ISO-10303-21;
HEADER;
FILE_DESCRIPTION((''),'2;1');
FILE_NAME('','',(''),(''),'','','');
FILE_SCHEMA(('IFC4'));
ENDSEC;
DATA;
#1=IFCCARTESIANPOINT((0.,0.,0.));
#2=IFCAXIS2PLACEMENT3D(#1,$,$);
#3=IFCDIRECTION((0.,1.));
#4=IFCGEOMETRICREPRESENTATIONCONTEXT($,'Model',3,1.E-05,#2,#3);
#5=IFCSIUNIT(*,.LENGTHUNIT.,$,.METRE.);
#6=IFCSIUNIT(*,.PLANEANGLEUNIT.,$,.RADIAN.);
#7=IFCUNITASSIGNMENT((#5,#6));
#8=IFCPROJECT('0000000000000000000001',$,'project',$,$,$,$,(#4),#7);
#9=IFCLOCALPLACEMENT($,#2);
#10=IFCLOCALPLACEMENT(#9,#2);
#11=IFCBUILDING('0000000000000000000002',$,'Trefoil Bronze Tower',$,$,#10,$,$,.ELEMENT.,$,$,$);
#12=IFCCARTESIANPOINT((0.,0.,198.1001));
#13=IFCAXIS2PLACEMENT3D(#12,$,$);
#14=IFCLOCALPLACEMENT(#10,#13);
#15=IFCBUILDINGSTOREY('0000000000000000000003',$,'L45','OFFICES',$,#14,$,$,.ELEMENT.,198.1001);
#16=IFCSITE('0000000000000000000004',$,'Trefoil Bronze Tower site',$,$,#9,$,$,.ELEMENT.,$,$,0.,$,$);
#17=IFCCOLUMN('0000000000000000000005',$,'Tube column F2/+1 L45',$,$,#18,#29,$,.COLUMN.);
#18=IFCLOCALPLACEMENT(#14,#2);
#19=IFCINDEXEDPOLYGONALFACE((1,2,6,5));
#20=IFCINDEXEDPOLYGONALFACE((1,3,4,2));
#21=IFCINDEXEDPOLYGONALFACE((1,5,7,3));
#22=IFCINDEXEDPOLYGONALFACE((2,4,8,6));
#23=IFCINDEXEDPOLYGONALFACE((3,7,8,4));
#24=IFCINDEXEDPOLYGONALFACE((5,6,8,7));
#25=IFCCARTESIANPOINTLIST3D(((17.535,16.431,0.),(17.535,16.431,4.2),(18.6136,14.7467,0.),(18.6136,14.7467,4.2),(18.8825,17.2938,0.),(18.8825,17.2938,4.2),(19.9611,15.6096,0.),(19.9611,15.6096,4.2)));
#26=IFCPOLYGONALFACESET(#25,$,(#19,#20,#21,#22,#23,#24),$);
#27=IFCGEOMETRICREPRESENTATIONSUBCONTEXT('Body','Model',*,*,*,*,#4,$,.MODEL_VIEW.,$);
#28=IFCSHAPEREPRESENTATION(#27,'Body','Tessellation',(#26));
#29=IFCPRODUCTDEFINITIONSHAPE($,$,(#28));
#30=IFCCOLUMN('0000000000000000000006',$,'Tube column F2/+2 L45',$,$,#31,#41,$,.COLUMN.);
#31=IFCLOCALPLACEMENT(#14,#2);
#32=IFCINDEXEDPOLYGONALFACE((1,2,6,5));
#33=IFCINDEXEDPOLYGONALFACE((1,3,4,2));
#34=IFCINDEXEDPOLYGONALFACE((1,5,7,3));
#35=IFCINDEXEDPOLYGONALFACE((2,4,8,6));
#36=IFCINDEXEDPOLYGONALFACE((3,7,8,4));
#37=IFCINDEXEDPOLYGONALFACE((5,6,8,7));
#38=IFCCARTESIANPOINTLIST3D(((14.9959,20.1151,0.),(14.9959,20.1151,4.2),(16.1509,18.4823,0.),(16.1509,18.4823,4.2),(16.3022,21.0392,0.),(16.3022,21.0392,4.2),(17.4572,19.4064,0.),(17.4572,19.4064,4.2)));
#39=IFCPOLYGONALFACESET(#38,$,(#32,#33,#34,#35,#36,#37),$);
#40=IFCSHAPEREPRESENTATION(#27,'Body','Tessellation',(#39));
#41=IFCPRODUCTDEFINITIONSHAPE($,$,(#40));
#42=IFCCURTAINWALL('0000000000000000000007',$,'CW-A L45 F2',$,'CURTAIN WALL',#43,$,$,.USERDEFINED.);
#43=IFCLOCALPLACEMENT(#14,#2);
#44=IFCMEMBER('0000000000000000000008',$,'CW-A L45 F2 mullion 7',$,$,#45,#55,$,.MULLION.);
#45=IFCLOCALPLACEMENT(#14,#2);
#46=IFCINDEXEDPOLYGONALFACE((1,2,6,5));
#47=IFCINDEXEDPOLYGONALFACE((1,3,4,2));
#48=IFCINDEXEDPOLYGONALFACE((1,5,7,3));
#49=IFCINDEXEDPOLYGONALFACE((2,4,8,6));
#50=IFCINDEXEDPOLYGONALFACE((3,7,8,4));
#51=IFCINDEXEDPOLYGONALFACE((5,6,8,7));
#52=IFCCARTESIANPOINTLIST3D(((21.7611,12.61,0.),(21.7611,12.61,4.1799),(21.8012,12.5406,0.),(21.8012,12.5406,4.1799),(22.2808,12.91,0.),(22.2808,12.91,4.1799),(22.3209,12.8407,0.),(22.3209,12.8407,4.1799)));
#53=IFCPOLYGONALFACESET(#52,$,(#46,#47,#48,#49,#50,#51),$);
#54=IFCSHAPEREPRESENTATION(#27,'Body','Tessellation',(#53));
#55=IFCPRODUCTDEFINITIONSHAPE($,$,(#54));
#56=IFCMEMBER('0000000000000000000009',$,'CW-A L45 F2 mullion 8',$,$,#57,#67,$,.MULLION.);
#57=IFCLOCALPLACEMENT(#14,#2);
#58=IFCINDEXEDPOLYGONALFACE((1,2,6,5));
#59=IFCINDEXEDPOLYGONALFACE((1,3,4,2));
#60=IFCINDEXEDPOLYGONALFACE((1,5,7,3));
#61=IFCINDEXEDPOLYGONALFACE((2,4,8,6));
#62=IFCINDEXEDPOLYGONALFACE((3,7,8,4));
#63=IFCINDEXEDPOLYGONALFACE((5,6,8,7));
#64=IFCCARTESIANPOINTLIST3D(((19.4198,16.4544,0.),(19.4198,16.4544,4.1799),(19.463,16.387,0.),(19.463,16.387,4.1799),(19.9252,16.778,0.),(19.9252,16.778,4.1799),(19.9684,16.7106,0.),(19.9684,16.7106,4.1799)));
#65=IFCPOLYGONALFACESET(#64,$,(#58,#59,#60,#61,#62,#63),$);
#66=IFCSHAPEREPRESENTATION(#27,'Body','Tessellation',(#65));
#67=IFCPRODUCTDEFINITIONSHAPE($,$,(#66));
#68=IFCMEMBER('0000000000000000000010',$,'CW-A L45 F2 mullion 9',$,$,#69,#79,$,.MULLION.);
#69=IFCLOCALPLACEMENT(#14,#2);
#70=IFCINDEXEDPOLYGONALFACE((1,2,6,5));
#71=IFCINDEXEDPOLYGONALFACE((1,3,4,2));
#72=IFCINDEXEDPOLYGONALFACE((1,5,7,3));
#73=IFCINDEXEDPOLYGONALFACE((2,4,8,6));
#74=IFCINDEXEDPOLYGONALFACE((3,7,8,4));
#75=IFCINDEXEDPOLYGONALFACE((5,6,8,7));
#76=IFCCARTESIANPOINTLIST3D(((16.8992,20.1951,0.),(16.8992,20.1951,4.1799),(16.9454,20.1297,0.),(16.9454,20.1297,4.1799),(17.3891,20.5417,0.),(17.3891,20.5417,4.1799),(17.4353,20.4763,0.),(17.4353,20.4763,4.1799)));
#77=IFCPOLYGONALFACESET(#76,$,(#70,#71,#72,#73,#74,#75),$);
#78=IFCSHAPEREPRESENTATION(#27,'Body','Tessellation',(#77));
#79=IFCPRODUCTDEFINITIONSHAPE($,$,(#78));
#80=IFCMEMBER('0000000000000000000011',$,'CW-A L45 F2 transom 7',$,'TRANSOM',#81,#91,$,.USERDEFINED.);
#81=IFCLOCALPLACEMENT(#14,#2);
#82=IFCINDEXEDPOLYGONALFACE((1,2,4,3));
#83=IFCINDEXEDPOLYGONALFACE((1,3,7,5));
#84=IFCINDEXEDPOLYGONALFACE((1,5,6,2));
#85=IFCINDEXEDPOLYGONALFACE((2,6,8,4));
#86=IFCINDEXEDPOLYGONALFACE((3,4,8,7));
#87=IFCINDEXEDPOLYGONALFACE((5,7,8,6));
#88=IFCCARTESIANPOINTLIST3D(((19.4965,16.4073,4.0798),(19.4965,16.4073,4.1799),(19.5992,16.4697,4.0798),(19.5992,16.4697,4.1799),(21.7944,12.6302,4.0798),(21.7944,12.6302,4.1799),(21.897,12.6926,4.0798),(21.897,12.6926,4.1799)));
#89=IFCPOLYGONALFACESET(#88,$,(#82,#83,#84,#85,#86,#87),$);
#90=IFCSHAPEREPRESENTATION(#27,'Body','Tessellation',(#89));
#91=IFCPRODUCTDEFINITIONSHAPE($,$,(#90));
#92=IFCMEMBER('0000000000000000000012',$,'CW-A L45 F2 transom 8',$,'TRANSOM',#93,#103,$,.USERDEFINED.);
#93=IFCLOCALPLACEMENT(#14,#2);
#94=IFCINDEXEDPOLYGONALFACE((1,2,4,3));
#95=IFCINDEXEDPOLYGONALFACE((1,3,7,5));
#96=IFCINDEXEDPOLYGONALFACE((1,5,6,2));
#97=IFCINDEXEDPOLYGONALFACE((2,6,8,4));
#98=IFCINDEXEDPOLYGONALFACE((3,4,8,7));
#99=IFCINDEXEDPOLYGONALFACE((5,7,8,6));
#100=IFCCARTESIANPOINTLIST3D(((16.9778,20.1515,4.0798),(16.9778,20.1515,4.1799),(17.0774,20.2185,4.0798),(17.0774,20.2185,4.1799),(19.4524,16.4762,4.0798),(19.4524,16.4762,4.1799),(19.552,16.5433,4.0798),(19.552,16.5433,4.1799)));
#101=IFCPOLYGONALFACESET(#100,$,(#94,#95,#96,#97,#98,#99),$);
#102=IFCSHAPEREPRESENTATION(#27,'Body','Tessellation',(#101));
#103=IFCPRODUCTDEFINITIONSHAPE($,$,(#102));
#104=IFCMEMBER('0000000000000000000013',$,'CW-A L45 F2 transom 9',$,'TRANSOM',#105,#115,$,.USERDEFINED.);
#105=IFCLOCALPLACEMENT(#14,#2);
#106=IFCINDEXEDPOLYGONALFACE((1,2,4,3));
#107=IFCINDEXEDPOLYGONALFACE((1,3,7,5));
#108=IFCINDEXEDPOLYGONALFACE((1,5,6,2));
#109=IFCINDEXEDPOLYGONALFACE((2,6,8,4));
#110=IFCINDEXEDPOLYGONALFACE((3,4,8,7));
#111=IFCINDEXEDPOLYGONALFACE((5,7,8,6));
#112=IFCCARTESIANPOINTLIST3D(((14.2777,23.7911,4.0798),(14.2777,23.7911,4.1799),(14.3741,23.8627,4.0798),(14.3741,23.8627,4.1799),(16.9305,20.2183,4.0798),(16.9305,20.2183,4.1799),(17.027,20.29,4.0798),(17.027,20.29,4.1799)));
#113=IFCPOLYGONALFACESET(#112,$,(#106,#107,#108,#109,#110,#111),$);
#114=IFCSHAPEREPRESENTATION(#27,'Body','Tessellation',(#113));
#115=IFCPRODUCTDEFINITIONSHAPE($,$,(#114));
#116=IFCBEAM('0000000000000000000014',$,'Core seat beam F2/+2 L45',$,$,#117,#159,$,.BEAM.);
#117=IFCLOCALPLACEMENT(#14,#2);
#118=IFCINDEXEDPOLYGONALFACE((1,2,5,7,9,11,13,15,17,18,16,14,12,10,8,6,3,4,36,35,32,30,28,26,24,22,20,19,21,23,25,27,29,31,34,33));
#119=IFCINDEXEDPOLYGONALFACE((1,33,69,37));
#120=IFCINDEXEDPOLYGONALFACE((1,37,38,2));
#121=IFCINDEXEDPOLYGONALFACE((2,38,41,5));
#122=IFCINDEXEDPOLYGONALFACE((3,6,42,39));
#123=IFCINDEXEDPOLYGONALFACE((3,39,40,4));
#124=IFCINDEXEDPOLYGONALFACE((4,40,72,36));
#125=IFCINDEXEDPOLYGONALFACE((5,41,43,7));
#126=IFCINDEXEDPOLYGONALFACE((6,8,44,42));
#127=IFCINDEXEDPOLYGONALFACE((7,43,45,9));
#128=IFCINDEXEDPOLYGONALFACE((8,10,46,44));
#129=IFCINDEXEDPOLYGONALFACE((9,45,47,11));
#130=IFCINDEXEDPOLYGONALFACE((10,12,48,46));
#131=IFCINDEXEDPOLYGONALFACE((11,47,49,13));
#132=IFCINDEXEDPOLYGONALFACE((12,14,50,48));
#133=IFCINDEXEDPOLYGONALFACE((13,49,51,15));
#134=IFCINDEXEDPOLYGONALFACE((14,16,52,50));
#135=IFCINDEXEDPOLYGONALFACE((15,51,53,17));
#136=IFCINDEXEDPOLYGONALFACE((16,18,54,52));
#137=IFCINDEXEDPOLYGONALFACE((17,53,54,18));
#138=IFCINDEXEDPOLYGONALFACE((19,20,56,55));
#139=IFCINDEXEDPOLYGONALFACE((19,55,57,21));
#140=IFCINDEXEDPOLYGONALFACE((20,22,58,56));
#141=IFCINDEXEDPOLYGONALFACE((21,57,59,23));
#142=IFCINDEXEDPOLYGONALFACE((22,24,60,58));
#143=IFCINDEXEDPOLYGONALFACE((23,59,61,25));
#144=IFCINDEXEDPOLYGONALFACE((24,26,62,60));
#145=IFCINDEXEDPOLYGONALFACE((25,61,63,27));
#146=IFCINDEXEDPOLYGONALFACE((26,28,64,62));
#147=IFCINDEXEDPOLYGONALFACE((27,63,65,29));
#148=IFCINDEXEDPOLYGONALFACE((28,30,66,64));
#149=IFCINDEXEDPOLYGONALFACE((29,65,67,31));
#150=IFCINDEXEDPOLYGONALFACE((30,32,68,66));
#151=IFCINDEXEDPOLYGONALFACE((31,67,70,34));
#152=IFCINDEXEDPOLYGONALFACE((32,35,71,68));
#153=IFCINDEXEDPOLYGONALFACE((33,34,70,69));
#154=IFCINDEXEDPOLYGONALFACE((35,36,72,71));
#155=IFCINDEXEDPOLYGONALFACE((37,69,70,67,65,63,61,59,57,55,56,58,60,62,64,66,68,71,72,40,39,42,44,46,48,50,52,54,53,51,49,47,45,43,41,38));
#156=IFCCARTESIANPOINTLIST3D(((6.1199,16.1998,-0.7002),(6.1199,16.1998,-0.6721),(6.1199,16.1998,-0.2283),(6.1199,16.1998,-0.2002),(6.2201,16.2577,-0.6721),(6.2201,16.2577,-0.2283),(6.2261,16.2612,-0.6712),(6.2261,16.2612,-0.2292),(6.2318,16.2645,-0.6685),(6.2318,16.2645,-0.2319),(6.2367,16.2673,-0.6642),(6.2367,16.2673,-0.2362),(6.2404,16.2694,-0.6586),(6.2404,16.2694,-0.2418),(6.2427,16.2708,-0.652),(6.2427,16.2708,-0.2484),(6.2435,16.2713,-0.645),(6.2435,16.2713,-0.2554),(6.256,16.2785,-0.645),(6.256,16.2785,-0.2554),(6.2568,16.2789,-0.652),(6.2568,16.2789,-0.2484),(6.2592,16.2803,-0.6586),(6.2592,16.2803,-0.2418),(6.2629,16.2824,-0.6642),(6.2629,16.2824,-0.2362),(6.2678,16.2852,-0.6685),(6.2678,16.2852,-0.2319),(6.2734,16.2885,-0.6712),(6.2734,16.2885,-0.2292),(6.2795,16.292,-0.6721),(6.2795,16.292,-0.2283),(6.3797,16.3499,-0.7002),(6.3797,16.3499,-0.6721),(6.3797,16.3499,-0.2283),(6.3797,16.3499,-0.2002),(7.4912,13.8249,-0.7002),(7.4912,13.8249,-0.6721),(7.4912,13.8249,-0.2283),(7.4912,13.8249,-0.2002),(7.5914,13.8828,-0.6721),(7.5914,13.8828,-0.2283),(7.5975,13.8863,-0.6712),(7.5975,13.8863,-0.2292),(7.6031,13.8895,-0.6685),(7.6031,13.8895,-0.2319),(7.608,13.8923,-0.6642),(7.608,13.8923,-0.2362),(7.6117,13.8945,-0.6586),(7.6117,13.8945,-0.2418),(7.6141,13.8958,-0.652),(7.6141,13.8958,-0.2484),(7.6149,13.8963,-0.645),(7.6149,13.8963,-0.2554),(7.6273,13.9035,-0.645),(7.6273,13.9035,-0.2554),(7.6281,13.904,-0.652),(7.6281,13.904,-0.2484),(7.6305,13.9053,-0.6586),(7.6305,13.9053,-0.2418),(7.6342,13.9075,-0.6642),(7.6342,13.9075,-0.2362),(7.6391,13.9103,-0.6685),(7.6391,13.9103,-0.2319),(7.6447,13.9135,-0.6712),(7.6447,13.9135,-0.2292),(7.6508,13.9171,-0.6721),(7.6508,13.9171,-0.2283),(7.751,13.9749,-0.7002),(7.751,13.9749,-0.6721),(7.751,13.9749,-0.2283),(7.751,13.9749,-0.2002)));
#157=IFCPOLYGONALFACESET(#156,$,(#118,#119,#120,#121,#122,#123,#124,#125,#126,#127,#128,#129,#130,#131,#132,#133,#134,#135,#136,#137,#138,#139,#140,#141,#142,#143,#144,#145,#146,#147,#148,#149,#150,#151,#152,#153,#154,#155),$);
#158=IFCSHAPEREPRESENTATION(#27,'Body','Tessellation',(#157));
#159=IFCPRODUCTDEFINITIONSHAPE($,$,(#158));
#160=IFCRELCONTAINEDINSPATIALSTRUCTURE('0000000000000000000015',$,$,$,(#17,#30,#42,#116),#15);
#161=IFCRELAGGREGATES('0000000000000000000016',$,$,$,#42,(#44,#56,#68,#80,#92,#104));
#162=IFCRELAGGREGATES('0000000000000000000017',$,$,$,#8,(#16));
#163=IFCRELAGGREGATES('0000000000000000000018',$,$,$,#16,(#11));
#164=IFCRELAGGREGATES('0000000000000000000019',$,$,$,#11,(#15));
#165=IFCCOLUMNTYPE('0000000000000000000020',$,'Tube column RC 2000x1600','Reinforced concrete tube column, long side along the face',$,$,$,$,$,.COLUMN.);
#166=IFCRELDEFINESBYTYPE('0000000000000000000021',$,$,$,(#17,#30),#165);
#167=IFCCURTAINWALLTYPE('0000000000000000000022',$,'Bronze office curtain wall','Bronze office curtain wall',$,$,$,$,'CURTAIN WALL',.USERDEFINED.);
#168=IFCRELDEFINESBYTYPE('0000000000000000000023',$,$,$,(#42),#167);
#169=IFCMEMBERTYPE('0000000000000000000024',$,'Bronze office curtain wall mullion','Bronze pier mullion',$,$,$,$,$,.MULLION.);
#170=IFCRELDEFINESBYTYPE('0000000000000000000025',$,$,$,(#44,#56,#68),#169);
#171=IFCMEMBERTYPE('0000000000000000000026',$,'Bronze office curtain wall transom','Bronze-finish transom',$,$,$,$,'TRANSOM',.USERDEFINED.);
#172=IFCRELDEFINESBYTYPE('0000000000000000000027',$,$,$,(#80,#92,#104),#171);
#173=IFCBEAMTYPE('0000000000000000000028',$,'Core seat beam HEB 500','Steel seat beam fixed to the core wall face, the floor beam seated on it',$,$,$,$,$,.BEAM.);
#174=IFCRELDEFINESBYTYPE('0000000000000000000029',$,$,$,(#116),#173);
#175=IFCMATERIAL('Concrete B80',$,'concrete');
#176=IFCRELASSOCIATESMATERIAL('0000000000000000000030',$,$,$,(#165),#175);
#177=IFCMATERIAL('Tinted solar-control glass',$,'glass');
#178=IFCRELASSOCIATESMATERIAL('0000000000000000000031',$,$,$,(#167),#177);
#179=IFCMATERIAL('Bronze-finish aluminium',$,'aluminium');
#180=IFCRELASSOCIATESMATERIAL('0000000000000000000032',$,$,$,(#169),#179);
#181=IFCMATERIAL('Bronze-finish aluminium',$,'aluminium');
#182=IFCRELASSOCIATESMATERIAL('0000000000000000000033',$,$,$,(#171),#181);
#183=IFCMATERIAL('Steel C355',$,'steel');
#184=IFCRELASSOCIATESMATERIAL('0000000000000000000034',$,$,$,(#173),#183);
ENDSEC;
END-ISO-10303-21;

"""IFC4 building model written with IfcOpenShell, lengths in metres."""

from ifc_helpers import new_model, si_unit, direction, frame, origin, origin_2d, place, context, subcontext, project, spatial, rectangle, i_section, extrude, material, material_profile, profile_set, type_object, element, aggregate, save


model = new_model("IFC4")

# Units and contexts
model_context = context("Model", 3, precision=1e-05, world=origin(), true_north=direction((0.0, 1.0)))
body_context = subcontext(model_context, "Body", "Model", "MODEL_VIEW")
ifc_project = project(units=[si_unit("LENGTHUNIT", "METRE"), si_unit("PLANEANGLEUNIT", "RADIAN")], contexts=[model_context])

# Site, building, storey
site_placement = place(None, origin())
site = spatial("IfcSite", under=ifc_project, at=site_placement, Name="Trefoil Bronze Tower site", CompositionType="ELEMENT", RefElevation=0.0)
building_placement = place(site_placement, origin())
building = spatial("IfcBuilding", under=site, at=building_placement, Name="Trefoil Bronze Tower", CompositionType="ELEMENT")
storey_placement = place(building_placement, frame((0.0, 0.0, 198.1001)))
storey = spatial("IfcBuildingStorey", under=building, at=storey_placement, Name="L45", Description="OFFICES", CompositionType="ELEMENT", Elevation=198.1001)

# Columns
ifc_material_1 = material(Name="Concrete B80", Category="concrete")
ifc_material_profile_1 = material_profile(ifc_material_1, rectangle(XDim=2.0, YDim=1.6001, at=origin_2d()), Name="RC 2000x1600")
ifc_profile_set_1 = profile_set([ifc_material_profile_1], Name="Concrete B80")
column_type = type_object("IfcColumnType", Name="Tube column RC 2000x1600", Description="Reinforced concrete tube column, long side along the face", PredefinedType="COLUMN", material=ifc_profile_set_1)
for number, where, z_axis, x_axis, name in (
    (1, (18.748, 16.0203, 0.0), (0.0, 0.0, 1.0), (-0.53927, 0.842133, 0.0), "Tube column F2/+1 L45"),
    (2, (16.2266, 19.7607, 0.0), (0.0, 0.0, 1.0), (-0.577481, 0.816404, 0.0), "Tube column F2/+2 L45"),
):
    element("IfcColumn", number, at=place(storey_placement, frame(where, z_axis=z_axis, x_axis=x_axis)), inside=storey, type_object=column_type, Name=name, PredefinedType="COLUMN", context=body_context, shape_type="SweptSolid", body=[
        extrude(rectangle(XDim=2.0, YDim=1.6001, at=origin_2d()), origin(), (0.0, 0.0, 1.0), 4.2),
    ])

# Curtain wall, members
ifc_material_2 = material(Name="Tinted solar-control glass", Category="glass")
curtain_wall_type = type_object("IfcCurtainWallType", Name="Bronze office curtain wall", Description="Bronze office curtain wall", ElementType="CURTAIN WALL", PredefinedType="USERDEFINED", material=ifc_material_2)
curtain_wall_placement = place(storey_placement, origin())
curtain_wall = element("IfcCurtainWall", 3, at=curtain_wall_placement, inside=storey, type_object=curtain_wall_type, Name="CW-A L45 F2", ObjectType="CURTAIN WALL", PredefinedType="USERDEFINED")
ifc_material_3 = material(Name="Bronze-finish aluminium", Category="aluminium")
ifc_material_profile_2 = material_profile(ifc_material_3, rectangle(XDim=0.6001, YDim=0.0801, at=origin_2d()), Name="CW-A mullion")
ifc_profile_set_2 = profile_set([ifc_material_profile_2], Name="Bronze-finish aluminium")
member_type_1 = type_object("IfcMemberType", Name="Bronze office curtain wall mullion", Description="Bronze pier mullion", PredefinedType="MULLION", material=ifc_profile_set_2)
member_1_placement = place(storey_placement, frame((22.041, 12.7253, 0.0), z_axis=(0.0, 0.0, 1.0), x_axis=(-0.866025, -0.5, 0.0)))
member_1 = element("IfcMember", 4, at=member_1_placement, type_object=member_type_1, Name="CW-A L45 F2 mullion 7", PredefinedType="MULLION", context=body_context, shape_type="SweptSolid", body=[
    extrude(rectangle(XDim=0.6001, YDim=0.0801, at=origin_2d()), origin(), (0.0, 0.0, 1.0), 4.1799),
])
member_2_placement = place(storey_placement, frame((19.6941, 16.5825, 0.0), z_axis=(0.0, 0.0, 1.0), x_axis=(-0.842133, -0.53927, 0.0)))
member_2 = element("IfcMember", 5, at=member_2_placement, type_object=member_type_1, Name="CW-A L45 F2 mullion 8", PredefinedType="MULLION", context=body_context, shape_type="SweptSolid", body=[
    extrude(rectangle(XDim=0.6001, YDim=0.0801, at=origin_2d()), origin(), (0.0, 0.0, 1.0), 4.1799),
])
member_3_placement = place(storey_placement, frame((17.1672, 20.3357, 0.0), z_axis=(0.0, 0.0, 1.0), x_axis=(-0.816404, -0.577481, 0.0)))
member_3 = element("IfcMember", 6, at=member_3_placement, type_object=member_type_1, Name="CW-A L45 F2 mullion 9", PredefinedType="MULLION", context=body_context, shape_type="SweptSolid", body=[
    extrude(rectangle(XDim=0.6001, YDim=0.0801, at=origin_2d()), origin(), (0.0, 0.0, 1.0), 4.1799),
])
ifc_material_4 = material(Name="Bronze-finish aluminium", Category="aluminium")
ifc_material_profile_3 = material_profile(ifc_material_4, rectangle(XDim=0.1201, YDim=0.1001, at=origin_2d()), Name="CW-A transom")
ifc_profile_set_3 = profile_set([ifc_material_profile_3], Name="Bronze-finish aluminium")
member_type_2 = type_object("IfcMemberType", Name="Bronze office curtain wall transom", Description="Bronze-finish transom", ElementType="TRANSOM", PredefinedType="USERDEFINED", material=ifc_profile_set_3)
member_4_placement = place(storey_placement, frame((21.8457, 12.6614, 4.1299), z_axis=(-0.51974, 0.854324, 0.0), x_axis=(-0.854324, -0.51974, 0.0)))
member_4 = element("IfcMember", 7, at=member_4_placement, type_object=member_type_2, Name="CW-A L45 F2 transom 7", ObjectType="TRANSOM", PredefinedType="USERDEFINED", context=body_context, shape_type="SweptSolid", body=[
    extrude(rectangle(XDim=0.1201, YDim=0.1001, at=origin_2d()), origin(), (0.0, 0.0, 1.0), 4.4211),
])
member_5_placement = place(storey_placement, frame((19.5022, 16.5098, 4.1299), z_axis=(-0.558509, 0.829498, 0.0), x_axis=(-0.829498, -0.558509, 0.0)))
member_5 = element("IfcMember", 8, at=member_5_placement, type_object=member_type_2, Name="CW-A L45 F2 transom 8", ObjectType="TRANSOM", PredefinedType="USERDEFINED", context=body_context, shape_type="SweptSolid", body=[
    extrude(rectangle(XDim=0.1201, YDim=0.1001, at=origin_2d()), origin(), (0.0, 0.0, 1.0), 4.4307),
])
member_6_placement = place(storey_placement, frame((16.9788, 20.2542, 4.1299), z_axis=(-0.596148, 0.802874, 0.0), x_axis=(-0.802874, -0.596148, 0.0)))
member_6 = element("IfcMember", 9, at=member_6_placement, type_object=member_type_2, Name="CW-A L45 F2 transom 9", ObjectType="TRANSOM", PredefinedType="USERDEFINED", context=body_context, shape_type="SweptSolid", body=[
    extrude(rectangle(XDim=0.1201, YDim=0.1001, at=origin_2d()), origin(), (0.0, 0.0, 1.0), 4.45),
])

# Beam
ifc_material_5 = material(Name="Steel C355", Category="steel")
ifc_material_profile_4 = material_profile(ifc_material_5, i_section(OverallWidth=0.3, OverallDepth=0.5, WebThickness=0.0144, FlangeThickness=0.0281, FilletRadius=0.0271, at=origin_2d()), Name="HEB 500")
ifc_profile_set_4 = profile_set([ifc_material_profile_4], Name="Steel C355")
beam_type_1 = type_object("IfcBeamType", Name="Core seat beam HEB 500", Description="Steel seat beam fixed to the core wall face, the floor beam seated on it", PredefinedType="BEAM", material=ifc_profile_set_4)
beam_1_placement = place(storey_placement, frame((7.6211, 13.8999, -0.4502), z_axis=(-0.500036, 0.866005, 0.0), x_axis=(-0.866005, -0.500036, 0.0)))
element("IfcBeam", 10, at=beam_1_placement, inside=storey, type_object=beam_type_1, Name="Core seat beam F2/+2 L45", PredefinedType="BEAM", context=body_context, shape_type="SweptSolid", body=[
    extrude(i_section(OverallWidth=0.3, OverallDepth=0.5, WebThickness=0.0144, FlangeThickness=0.0281, FilletRadius=0.0271, at=origin_2d()), origin(), (0.0, 0.0, 1.0), 2.7424),
])

aggregate(curtain_wall, [member_1, member_2, member_3, member_4, member_5, member_6])

save(model, "model.ifc")
